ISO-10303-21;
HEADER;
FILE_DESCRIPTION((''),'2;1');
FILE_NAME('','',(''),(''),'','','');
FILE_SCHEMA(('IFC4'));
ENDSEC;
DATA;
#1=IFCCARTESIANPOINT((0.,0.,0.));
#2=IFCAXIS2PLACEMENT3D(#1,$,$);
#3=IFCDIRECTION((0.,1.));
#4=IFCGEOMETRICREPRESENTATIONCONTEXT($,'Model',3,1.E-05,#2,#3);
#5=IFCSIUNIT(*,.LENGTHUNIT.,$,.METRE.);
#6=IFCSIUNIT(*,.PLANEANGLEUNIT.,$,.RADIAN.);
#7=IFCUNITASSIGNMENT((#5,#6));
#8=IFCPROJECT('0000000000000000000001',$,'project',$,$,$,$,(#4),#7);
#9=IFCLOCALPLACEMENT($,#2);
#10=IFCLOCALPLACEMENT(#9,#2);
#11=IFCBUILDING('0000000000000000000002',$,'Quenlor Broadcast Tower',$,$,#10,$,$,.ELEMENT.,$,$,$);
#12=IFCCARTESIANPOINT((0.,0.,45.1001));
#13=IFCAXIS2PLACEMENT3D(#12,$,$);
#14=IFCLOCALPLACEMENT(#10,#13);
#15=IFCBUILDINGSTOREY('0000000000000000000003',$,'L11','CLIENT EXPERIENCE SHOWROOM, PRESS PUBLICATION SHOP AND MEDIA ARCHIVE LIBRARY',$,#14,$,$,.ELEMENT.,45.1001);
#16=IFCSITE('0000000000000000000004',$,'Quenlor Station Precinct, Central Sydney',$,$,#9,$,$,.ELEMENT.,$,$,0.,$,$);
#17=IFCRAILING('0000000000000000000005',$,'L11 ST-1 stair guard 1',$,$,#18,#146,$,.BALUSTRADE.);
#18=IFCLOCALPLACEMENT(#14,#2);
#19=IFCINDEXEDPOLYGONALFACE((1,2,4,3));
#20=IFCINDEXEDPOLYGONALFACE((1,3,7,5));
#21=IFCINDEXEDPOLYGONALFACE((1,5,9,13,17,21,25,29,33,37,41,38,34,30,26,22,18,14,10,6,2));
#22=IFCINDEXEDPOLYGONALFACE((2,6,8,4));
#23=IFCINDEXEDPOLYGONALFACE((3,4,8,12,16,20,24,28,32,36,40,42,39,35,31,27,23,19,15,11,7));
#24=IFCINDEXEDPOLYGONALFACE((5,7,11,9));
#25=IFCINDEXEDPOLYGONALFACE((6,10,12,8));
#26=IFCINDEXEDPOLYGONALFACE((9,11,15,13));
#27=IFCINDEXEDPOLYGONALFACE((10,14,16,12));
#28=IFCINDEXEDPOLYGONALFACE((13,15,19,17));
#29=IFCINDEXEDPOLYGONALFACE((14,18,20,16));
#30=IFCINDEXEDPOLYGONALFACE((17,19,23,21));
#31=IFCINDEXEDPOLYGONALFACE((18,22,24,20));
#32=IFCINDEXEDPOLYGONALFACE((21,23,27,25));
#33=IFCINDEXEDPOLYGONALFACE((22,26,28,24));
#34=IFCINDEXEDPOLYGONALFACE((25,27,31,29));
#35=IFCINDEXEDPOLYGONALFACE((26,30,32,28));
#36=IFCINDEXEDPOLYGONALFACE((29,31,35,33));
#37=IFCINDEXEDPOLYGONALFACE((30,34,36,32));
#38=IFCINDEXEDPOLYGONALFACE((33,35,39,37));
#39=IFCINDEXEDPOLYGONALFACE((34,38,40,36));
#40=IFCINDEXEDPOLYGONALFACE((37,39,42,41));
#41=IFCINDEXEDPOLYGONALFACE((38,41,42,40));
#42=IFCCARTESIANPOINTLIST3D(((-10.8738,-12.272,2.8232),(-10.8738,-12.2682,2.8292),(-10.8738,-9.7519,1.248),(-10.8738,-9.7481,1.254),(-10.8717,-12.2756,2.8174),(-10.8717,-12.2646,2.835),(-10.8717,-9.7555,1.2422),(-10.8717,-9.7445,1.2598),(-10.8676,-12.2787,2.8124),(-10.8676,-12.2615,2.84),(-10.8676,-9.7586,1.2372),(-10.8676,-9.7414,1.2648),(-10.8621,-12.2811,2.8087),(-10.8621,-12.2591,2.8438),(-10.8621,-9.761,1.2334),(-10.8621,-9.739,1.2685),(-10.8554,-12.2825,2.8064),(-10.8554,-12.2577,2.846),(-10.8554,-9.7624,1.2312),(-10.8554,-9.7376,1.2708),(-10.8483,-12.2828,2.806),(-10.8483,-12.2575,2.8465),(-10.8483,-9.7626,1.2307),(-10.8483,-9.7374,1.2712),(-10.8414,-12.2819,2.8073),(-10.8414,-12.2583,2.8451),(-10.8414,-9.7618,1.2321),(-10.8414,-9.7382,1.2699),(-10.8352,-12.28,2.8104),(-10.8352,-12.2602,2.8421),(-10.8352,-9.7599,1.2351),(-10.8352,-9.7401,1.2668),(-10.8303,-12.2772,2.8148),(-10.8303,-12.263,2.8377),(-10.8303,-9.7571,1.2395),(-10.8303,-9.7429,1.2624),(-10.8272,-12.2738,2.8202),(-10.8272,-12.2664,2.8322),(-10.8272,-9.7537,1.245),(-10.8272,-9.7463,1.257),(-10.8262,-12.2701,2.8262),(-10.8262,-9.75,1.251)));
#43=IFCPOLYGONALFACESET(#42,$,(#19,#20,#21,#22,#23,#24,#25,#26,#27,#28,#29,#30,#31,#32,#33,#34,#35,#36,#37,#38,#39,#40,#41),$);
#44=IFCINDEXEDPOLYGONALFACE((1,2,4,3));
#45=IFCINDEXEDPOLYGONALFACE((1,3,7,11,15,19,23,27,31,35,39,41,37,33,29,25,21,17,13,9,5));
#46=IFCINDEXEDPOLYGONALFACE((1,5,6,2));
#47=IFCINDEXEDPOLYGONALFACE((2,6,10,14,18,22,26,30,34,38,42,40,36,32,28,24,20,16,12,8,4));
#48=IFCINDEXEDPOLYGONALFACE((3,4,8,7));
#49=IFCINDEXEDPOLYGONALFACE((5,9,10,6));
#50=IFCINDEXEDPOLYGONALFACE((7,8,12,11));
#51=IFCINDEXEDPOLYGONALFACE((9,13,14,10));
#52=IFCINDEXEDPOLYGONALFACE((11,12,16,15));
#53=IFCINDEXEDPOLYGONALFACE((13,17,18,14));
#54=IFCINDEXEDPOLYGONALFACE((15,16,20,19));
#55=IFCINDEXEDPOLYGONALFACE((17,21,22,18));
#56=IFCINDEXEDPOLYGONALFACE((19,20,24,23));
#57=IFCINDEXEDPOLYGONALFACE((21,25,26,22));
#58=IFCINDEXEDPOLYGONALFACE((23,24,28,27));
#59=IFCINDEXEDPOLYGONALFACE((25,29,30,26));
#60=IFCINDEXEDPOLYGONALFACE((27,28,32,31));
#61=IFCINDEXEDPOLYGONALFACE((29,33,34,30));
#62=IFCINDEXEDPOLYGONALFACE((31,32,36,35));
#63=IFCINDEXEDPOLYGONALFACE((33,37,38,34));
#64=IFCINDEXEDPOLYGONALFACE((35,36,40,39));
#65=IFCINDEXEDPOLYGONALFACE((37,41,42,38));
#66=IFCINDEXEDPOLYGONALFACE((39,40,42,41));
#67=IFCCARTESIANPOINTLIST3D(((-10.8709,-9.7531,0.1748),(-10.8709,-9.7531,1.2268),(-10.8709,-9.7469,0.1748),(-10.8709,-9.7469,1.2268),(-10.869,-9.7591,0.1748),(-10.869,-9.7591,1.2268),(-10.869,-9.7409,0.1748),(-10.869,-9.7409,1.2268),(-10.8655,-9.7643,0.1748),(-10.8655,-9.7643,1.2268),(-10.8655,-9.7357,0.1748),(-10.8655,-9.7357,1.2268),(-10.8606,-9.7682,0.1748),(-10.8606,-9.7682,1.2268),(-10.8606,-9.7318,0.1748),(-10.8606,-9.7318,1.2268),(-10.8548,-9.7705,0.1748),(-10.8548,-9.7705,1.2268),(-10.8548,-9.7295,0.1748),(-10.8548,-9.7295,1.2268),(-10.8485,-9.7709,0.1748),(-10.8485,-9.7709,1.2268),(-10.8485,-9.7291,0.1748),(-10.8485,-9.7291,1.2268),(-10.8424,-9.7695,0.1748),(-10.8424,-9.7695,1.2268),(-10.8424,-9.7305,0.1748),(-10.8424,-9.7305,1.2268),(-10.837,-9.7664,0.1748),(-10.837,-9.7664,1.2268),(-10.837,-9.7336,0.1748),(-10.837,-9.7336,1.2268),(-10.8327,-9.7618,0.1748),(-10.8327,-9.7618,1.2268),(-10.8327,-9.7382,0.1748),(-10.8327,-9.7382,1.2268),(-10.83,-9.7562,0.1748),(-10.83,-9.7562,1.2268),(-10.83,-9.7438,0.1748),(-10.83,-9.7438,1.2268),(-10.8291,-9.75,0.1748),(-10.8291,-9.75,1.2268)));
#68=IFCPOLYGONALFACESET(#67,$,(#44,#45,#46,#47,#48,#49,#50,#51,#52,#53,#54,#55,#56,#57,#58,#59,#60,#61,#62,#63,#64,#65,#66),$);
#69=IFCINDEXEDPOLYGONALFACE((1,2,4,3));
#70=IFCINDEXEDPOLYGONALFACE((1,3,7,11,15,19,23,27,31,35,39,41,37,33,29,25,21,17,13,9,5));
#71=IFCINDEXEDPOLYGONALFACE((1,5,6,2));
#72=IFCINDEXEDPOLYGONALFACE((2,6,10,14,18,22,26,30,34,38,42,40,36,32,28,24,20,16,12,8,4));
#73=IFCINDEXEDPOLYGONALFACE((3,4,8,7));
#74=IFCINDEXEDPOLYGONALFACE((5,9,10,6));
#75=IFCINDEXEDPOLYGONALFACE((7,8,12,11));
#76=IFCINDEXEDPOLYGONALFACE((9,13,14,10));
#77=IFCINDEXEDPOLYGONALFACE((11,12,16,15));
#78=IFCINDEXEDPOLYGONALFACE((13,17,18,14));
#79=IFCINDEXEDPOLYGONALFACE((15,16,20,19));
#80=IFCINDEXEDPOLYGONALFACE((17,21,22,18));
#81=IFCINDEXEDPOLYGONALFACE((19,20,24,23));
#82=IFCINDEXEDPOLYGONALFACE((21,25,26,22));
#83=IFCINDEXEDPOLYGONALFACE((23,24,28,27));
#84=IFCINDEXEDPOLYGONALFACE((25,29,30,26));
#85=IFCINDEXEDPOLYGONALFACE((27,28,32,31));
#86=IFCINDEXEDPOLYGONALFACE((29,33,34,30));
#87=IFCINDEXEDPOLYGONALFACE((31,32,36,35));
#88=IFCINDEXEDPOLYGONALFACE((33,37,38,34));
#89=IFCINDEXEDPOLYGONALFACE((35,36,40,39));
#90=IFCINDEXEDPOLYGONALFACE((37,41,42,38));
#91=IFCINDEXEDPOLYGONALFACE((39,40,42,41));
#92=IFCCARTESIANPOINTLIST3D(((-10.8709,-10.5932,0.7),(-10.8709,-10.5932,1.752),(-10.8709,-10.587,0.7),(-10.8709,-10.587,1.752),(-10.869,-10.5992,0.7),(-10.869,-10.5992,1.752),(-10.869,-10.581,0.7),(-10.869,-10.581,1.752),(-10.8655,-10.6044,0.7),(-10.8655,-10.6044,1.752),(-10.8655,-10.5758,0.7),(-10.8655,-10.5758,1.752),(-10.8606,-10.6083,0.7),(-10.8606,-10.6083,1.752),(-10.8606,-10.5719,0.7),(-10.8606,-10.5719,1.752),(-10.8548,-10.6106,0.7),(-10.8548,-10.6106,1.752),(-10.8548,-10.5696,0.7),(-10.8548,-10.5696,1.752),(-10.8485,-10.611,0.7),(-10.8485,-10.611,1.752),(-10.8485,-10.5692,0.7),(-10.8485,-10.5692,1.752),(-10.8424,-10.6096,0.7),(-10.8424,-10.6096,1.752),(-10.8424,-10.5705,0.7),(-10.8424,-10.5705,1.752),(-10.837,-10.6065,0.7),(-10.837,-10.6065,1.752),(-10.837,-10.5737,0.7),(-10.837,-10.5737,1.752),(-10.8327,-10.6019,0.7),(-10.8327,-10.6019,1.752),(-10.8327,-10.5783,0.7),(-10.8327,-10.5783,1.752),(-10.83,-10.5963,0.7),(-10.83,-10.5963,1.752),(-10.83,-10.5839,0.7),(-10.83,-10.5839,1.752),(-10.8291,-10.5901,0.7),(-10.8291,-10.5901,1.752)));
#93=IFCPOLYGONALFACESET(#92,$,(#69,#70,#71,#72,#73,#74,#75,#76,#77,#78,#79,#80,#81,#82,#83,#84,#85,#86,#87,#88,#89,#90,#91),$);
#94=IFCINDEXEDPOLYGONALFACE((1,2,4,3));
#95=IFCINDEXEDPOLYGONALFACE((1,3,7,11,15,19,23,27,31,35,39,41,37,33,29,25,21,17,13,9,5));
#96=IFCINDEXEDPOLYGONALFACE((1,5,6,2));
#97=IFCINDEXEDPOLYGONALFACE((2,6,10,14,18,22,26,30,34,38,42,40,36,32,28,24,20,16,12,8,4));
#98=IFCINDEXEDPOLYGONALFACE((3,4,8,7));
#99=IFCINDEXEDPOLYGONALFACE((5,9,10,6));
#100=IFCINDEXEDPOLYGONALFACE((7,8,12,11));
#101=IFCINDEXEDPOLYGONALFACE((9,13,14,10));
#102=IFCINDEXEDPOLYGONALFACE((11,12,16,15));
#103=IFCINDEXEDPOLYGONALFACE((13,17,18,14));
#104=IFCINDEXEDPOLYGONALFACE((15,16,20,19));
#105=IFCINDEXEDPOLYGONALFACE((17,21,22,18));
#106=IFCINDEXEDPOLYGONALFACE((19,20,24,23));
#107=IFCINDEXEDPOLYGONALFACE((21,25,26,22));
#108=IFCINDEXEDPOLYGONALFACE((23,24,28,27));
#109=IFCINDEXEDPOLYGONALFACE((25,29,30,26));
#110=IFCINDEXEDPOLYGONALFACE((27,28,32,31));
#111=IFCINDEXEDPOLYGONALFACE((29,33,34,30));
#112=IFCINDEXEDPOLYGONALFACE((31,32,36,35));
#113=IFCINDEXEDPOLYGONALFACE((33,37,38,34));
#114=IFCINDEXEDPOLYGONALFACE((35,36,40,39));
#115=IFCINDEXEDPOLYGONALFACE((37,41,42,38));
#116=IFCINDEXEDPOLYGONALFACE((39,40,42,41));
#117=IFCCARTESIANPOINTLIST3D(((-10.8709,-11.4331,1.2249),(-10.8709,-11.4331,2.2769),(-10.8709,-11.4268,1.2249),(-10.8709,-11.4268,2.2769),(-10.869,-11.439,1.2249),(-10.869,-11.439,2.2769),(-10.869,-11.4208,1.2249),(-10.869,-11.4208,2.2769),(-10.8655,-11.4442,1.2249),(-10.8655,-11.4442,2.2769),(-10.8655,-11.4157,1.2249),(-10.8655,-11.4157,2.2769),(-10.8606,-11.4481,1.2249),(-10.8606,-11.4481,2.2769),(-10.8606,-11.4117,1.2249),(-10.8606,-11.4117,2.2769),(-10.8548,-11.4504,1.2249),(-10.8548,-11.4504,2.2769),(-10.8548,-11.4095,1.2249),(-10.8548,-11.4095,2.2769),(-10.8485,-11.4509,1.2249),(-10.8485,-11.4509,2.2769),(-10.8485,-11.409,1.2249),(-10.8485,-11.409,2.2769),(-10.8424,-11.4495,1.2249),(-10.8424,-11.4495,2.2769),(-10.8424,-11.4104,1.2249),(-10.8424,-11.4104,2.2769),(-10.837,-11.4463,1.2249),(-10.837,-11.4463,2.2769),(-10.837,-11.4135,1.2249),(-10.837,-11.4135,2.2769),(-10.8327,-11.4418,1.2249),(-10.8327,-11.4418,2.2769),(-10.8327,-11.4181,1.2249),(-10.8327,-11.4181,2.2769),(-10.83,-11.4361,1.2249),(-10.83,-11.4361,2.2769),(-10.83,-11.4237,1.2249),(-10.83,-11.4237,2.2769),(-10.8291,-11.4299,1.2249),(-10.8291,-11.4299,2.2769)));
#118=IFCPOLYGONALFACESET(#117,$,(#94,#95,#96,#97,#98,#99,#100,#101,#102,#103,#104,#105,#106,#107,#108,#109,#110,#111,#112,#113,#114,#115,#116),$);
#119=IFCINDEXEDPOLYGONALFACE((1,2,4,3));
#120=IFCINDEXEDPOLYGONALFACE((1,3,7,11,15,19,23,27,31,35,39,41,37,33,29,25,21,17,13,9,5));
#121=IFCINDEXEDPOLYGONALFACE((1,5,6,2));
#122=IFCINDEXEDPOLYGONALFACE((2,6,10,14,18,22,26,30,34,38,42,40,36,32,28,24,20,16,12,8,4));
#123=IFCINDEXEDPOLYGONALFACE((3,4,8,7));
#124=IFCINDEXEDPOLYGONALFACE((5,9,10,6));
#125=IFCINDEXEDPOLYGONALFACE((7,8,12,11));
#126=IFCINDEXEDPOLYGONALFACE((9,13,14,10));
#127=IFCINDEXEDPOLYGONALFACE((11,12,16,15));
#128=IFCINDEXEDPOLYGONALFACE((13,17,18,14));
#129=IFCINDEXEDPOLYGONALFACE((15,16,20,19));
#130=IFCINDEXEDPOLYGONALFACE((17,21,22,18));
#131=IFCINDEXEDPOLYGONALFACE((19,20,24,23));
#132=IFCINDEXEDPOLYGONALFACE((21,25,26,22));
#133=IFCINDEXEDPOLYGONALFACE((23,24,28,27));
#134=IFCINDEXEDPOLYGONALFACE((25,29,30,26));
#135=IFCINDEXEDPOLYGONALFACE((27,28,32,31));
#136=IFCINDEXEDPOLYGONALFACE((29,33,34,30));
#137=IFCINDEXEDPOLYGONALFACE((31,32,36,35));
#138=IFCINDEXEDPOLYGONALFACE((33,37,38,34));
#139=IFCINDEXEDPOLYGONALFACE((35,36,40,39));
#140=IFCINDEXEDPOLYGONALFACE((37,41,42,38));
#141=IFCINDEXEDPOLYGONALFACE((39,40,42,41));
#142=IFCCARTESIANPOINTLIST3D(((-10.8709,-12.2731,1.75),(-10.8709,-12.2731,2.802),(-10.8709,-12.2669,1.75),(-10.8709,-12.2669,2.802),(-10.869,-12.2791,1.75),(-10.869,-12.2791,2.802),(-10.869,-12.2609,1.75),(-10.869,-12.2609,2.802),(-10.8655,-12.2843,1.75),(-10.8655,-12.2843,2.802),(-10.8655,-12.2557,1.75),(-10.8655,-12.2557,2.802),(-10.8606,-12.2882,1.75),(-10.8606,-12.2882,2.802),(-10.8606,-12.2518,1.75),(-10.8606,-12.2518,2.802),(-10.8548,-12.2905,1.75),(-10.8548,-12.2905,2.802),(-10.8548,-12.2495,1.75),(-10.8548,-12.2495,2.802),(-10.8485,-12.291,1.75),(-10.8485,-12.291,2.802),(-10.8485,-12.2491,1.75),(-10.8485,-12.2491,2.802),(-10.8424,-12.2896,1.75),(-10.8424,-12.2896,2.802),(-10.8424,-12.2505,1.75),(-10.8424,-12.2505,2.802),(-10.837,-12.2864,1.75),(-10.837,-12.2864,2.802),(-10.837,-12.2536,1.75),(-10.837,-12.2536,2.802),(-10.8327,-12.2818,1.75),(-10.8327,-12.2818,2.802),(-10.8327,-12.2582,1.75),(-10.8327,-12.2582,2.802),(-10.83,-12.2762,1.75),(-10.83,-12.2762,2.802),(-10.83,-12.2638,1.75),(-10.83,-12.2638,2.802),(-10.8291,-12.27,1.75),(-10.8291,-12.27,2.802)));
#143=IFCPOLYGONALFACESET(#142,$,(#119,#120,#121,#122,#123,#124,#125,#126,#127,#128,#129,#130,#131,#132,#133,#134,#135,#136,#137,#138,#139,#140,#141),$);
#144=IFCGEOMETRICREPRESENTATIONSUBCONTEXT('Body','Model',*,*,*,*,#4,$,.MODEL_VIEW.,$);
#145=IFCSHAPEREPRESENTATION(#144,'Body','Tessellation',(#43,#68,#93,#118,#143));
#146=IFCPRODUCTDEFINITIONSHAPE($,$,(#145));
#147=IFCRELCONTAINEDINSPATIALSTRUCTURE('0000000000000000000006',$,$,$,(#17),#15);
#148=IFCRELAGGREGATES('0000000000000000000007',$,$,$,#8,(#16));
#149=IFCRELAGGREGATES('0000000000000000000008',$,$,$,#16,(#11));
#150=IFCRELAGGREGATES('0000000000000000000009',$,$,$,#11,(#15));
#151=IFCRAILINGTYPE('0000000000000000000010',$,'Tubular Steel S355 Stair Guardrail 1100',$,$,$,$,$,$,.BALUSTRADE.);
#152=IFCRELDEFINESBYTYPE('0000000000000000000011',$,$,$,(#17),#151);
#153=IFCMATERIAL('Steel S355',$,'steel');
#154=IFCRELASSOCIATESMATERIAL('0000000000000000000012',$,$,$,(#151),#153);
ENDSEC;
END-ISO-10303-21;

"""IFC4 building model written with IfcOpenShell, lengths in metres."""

from ifc_helpers import new_model, si_unit, direction, frame, origin, origin_2d, place, context, subcontext, project, spatial, circle, extrude, material, type_object, element, save


model = new_model("IFC4")

# Units and contexts
model_context = context("Model", 3, precision=1e-05, world=origin(), true_north=direction((0.0, 1.0)))
body_context = subcontext(model_context, "Body", "Model", "MODEL_VIEW")
ifc_project = project(units=[si_unit("LENGTHUNIT", "METRE"), si_unit("PLANEANGLEUNIT", "RADIAN")], contexts=[model_context])

# Site, building, storey
site_placement = place(None, origin())
site = spatial("IfcSite", under=ifc_project, at=site_placement, Name="Quenlor Station Precinct, Central Sydney", CompositionType="ELEMENT", RefElevation=0.0)
building_placement = place(site_placement, origin())
building = spatial("IfcBuilding", under=site, at=building_placement, Name="Quenlor Broadcast Tower", CompositionType="ELEMENT")
storey_placement = place(building_placement, frame((0.0, 0.0, 45.1001)))
storey = spatial("IfcBuildingStorey", under=building, at=storey_placement, Name="L11", Description="CLIENT EXPERIENCE SHOWROOM, PRESS PUBLICATION SHOP AND MEDIA ARCHIVE LIBRARY", CompositionType="ELEMENT", Elevation=45.1001)

# Railing
ifc_material_1 = material(Name="Steel S355", Category="steel")
railing_type_1 = type_object("IfcRailingType", Name="Tubular Steel S355 Stair Guardrail 1100", PredefinedType="BALUSTRADE", material=ifc_material_1)
railing_1_placement = place(storey_placement, frame((-10.8501, -9.75, 0.1748)))
element("IfcRailing", 1, at=railing_1_placement, inside=storey, type_object=railing_type_1, Name="L11 ST-1 stair guard 1", PredefinedType="BALUSTRADE", context=body_context, shape_type="SweptSolid", body=[
    extrude(circle(Radius=0.0239, at=origin_2d()), frame((0.0, 0.0, 1.0762), z_axis=(0.0, -0.847971, 0.530043), x_axis=(1.0, 0.0, 0.0)), (0.0, 0.0, 1.0), 2.9719),
    extrude(circle(Radius=0.021, at=origin_2d()), origin(), (0.0, 0.0, 1.0), 1.052),
    extrude(circle(Radius=0.021, at=origin_2d()), frame((0.0, -0.8401, 0.5251)), (0.0, 0.0, 1.0), 1.052),
    extrude(circle(Radius=0.021, at=origin_2d()), frame((0.0, -1.6799, 1.05)), (0.0, 0.0, 1.0), 1.052),
    extrude(circle(Radius=0.021, at=origin_2d()), frame((0.0, -2.52, 1.5752)), (0.0, 0.0, 1.0), 1.052),
])

save(model, "model.ifc")
